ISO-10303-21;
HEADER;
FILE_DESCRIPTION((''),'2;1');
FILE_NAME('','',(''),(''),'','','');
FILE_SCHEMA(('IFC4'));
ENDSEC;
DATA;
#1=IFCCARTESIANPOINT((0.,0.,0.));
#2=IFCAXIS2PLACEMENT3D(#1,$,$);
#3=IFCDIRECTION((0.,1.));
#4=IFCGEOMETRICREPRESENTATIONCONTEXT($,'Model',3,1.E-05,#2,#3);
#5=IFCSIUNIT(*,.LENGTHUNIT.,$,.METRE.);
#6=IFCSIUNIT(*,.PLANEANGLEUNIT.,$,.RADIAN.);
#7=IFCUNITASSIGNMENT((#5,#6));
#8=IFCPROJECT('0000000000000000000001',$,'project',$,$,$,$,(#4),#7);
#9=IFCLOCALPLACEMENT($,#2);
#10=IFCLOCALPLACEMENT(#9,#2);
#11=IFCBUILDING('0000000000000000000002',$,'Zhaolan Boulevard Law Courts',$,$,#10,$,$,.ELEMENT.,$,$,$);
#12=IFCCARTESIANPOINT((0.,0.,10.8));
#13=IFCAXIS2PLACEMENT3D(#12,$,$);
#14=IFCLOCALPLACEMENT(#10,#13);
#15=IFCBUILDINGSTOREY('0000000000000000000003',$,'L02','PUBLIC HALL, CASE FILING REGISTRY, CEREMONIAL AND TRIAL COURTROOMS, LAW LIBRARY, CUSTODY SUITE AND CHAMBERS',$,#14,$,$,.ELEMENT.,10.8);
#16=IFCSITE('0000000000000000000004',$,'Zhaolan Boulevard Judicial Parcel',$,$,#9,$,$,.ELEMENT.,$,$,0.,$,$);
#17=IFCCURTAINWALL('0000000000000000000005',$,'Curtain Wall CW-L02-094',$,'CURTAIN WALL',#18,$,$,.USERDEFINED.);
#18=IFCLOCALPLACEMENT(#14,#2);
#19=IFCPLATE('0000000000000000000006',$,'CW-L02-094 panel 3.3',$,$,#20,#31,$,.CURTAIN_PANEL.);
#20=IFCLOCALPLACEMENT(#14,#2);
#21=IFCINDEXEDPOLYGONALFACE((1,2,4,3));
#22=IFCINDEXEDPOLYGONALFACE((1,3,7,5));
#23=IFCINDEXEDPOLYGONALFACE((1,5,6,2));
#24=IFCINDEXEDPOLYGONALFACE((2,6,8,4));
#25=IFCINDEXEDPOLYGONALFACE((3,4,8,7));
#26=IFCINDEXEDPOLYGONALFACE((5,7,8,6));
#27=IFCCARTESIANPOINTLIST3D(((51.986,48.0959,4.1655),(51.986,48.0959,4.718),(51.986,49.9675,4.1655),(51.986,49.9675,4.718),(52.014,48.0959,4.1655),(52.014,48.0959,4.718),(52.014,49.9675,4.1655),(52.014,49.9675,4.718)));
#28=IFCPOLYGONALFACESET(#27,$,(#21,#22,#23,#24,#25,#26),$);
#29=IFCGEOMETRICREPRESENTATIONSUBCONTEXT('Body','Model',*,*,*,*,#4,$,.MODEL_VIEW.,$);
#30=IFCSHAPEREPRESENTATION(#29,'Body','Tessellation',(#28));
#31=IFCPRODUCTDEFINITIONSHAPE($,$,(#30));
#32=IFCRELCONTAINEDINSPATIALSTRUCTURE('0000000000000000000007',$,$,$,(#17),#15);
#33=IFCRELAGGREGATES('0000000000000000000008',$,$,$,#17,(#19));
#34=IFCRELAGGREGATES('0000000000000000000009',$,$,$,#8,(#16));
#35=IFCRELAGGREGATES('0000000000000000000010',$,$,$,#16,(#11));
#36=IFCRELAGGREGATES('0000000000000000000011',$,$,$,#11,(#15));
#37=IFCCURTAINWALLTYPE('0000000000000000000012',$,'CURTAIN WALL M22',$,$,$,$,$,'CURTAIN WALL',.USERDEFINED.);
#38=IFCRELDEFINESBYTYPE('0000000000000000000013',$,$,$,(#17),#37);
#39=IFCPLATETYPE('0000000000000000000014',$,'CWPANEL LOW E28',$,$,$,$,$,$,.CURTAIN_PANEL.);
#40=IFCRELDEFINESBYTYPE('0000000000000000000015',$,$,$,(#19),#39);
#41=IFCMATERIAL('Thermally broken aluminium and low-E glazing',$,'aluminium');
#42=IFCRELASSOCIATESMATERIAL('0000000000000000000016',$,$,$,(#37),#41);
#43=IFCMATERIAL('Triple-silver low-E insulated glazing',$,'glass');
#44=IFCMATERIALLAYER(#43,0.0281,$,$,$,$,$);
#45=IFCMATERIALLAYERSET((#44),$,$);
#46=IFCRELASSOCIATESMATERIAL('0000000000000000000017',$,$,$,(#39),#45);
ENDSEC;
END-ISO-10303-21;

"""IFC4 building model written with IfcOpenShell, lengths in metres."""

from ifc_helpers import new_model, si_unit, direction, frame, origin, origin_2d, place, context, subcontext, project, spatial, rectangle, extrude, material, layer, layer_set, type_object, element, aggregate, save


model = new_model("IFC4")

# Units and contexts
model_context = context("Model", 3, precision=1e-05, world=origin(), true_north=direction((0.0, 1.0)))
body_context = subcontext(model_context, "Body", "Model", "MODEL_VIEW")
ifc_project = project(units=[si_unit("LENGTHUNIT", "METRE"), si_unit("PLANEANGLEUNIT", "RADIAN")], contexts=[model_context])

# Site, building, storey
site_placement = place(None, origin())
site = spatial("IfcSite", under=ifc_project, at=site_placement, Name="Zhaolan Boulevard Judicial Parcel", CompositionType="ELEMENT", RefElevation=0.0)
building_placement = place(site_placement, origin())
building = spatial("IfcBuilding", under=site, at=building_placement, Name="Zhaolan Boulevard Law Courts", CompositionType="ELEMENT")
storey_placement = place(building_placement, frame((0.0, 0.0, 10.8)))
storey = spatial("IfcBuildingStorey", under=building, at=storey_placement, Name="L02", Description="PUBLIC HALL, CASE FILING REGISTRY, CEREMONIAL AND TRIAL COURTROOMS, LAW LIBRARY, CUSTODY SUITE AND CHAMBERS", CompositionType="ELEMENT", Elevation=10.8)

# Curtain wall
ifc_material_1 = material(Name="Thermally broken aluminium and low-E glazing", Category="aluminium")
curtain_wall_type = type_object("IfcCurtainWallType", Name="CURTAIN WALL M22", ElementType="CURTAIN WALL", PredefinedType="USERDEFINED", material=ifc_material_1)
curtain_wall_placement = place(storey_placement, origin())
curtain_wall = element("IfcCurtainWall", 1, at=curtain_wall_placement, inside=storey, type_object=curtain_wall_type, Name="Curtain Wall CW-L02-094", ObjectType="CURTAIN WALL", PredefinedType="USERDEFINED")

# Plate
ifc_material_2 = material(Name="Triple-silver low-E insulated glazing", Category="glass")
ifc_layer = layer(ifc_material_2, 0.0281)
ifc_layer_set = layer_set([ifc_layer])
plate_type = type_object("IfcPlateType", Name="CWPANEL LOW E28", PredefinedType="CURTAIN_PANEL", material=ifc_layer_set)
plate_1_placement = place(storey_placement, frame((52.0, 49.0317, 4.1655), z_axis=(0.0, 0.0, 1.0), x_axis=(0.0, -1.0, 0.0)))
plate_1 = element("IfcPlate", 2, at=plate_1_placement, type_object=plate_type, Name="CW-L02-094 panel 3.3", PredefinedType="CURTAIN_PANEL", context=body_context, shape_type="SweptSolid", body=[
    extrude(rectangle(XDim=1.8716, YDim=0.0281, at=origin_2d()), origin(), (0.0, 0.0, 1.0), 0.5525),
])
aggregate(curtain_wall, [plate_1])

save(model, "model.ifc")
